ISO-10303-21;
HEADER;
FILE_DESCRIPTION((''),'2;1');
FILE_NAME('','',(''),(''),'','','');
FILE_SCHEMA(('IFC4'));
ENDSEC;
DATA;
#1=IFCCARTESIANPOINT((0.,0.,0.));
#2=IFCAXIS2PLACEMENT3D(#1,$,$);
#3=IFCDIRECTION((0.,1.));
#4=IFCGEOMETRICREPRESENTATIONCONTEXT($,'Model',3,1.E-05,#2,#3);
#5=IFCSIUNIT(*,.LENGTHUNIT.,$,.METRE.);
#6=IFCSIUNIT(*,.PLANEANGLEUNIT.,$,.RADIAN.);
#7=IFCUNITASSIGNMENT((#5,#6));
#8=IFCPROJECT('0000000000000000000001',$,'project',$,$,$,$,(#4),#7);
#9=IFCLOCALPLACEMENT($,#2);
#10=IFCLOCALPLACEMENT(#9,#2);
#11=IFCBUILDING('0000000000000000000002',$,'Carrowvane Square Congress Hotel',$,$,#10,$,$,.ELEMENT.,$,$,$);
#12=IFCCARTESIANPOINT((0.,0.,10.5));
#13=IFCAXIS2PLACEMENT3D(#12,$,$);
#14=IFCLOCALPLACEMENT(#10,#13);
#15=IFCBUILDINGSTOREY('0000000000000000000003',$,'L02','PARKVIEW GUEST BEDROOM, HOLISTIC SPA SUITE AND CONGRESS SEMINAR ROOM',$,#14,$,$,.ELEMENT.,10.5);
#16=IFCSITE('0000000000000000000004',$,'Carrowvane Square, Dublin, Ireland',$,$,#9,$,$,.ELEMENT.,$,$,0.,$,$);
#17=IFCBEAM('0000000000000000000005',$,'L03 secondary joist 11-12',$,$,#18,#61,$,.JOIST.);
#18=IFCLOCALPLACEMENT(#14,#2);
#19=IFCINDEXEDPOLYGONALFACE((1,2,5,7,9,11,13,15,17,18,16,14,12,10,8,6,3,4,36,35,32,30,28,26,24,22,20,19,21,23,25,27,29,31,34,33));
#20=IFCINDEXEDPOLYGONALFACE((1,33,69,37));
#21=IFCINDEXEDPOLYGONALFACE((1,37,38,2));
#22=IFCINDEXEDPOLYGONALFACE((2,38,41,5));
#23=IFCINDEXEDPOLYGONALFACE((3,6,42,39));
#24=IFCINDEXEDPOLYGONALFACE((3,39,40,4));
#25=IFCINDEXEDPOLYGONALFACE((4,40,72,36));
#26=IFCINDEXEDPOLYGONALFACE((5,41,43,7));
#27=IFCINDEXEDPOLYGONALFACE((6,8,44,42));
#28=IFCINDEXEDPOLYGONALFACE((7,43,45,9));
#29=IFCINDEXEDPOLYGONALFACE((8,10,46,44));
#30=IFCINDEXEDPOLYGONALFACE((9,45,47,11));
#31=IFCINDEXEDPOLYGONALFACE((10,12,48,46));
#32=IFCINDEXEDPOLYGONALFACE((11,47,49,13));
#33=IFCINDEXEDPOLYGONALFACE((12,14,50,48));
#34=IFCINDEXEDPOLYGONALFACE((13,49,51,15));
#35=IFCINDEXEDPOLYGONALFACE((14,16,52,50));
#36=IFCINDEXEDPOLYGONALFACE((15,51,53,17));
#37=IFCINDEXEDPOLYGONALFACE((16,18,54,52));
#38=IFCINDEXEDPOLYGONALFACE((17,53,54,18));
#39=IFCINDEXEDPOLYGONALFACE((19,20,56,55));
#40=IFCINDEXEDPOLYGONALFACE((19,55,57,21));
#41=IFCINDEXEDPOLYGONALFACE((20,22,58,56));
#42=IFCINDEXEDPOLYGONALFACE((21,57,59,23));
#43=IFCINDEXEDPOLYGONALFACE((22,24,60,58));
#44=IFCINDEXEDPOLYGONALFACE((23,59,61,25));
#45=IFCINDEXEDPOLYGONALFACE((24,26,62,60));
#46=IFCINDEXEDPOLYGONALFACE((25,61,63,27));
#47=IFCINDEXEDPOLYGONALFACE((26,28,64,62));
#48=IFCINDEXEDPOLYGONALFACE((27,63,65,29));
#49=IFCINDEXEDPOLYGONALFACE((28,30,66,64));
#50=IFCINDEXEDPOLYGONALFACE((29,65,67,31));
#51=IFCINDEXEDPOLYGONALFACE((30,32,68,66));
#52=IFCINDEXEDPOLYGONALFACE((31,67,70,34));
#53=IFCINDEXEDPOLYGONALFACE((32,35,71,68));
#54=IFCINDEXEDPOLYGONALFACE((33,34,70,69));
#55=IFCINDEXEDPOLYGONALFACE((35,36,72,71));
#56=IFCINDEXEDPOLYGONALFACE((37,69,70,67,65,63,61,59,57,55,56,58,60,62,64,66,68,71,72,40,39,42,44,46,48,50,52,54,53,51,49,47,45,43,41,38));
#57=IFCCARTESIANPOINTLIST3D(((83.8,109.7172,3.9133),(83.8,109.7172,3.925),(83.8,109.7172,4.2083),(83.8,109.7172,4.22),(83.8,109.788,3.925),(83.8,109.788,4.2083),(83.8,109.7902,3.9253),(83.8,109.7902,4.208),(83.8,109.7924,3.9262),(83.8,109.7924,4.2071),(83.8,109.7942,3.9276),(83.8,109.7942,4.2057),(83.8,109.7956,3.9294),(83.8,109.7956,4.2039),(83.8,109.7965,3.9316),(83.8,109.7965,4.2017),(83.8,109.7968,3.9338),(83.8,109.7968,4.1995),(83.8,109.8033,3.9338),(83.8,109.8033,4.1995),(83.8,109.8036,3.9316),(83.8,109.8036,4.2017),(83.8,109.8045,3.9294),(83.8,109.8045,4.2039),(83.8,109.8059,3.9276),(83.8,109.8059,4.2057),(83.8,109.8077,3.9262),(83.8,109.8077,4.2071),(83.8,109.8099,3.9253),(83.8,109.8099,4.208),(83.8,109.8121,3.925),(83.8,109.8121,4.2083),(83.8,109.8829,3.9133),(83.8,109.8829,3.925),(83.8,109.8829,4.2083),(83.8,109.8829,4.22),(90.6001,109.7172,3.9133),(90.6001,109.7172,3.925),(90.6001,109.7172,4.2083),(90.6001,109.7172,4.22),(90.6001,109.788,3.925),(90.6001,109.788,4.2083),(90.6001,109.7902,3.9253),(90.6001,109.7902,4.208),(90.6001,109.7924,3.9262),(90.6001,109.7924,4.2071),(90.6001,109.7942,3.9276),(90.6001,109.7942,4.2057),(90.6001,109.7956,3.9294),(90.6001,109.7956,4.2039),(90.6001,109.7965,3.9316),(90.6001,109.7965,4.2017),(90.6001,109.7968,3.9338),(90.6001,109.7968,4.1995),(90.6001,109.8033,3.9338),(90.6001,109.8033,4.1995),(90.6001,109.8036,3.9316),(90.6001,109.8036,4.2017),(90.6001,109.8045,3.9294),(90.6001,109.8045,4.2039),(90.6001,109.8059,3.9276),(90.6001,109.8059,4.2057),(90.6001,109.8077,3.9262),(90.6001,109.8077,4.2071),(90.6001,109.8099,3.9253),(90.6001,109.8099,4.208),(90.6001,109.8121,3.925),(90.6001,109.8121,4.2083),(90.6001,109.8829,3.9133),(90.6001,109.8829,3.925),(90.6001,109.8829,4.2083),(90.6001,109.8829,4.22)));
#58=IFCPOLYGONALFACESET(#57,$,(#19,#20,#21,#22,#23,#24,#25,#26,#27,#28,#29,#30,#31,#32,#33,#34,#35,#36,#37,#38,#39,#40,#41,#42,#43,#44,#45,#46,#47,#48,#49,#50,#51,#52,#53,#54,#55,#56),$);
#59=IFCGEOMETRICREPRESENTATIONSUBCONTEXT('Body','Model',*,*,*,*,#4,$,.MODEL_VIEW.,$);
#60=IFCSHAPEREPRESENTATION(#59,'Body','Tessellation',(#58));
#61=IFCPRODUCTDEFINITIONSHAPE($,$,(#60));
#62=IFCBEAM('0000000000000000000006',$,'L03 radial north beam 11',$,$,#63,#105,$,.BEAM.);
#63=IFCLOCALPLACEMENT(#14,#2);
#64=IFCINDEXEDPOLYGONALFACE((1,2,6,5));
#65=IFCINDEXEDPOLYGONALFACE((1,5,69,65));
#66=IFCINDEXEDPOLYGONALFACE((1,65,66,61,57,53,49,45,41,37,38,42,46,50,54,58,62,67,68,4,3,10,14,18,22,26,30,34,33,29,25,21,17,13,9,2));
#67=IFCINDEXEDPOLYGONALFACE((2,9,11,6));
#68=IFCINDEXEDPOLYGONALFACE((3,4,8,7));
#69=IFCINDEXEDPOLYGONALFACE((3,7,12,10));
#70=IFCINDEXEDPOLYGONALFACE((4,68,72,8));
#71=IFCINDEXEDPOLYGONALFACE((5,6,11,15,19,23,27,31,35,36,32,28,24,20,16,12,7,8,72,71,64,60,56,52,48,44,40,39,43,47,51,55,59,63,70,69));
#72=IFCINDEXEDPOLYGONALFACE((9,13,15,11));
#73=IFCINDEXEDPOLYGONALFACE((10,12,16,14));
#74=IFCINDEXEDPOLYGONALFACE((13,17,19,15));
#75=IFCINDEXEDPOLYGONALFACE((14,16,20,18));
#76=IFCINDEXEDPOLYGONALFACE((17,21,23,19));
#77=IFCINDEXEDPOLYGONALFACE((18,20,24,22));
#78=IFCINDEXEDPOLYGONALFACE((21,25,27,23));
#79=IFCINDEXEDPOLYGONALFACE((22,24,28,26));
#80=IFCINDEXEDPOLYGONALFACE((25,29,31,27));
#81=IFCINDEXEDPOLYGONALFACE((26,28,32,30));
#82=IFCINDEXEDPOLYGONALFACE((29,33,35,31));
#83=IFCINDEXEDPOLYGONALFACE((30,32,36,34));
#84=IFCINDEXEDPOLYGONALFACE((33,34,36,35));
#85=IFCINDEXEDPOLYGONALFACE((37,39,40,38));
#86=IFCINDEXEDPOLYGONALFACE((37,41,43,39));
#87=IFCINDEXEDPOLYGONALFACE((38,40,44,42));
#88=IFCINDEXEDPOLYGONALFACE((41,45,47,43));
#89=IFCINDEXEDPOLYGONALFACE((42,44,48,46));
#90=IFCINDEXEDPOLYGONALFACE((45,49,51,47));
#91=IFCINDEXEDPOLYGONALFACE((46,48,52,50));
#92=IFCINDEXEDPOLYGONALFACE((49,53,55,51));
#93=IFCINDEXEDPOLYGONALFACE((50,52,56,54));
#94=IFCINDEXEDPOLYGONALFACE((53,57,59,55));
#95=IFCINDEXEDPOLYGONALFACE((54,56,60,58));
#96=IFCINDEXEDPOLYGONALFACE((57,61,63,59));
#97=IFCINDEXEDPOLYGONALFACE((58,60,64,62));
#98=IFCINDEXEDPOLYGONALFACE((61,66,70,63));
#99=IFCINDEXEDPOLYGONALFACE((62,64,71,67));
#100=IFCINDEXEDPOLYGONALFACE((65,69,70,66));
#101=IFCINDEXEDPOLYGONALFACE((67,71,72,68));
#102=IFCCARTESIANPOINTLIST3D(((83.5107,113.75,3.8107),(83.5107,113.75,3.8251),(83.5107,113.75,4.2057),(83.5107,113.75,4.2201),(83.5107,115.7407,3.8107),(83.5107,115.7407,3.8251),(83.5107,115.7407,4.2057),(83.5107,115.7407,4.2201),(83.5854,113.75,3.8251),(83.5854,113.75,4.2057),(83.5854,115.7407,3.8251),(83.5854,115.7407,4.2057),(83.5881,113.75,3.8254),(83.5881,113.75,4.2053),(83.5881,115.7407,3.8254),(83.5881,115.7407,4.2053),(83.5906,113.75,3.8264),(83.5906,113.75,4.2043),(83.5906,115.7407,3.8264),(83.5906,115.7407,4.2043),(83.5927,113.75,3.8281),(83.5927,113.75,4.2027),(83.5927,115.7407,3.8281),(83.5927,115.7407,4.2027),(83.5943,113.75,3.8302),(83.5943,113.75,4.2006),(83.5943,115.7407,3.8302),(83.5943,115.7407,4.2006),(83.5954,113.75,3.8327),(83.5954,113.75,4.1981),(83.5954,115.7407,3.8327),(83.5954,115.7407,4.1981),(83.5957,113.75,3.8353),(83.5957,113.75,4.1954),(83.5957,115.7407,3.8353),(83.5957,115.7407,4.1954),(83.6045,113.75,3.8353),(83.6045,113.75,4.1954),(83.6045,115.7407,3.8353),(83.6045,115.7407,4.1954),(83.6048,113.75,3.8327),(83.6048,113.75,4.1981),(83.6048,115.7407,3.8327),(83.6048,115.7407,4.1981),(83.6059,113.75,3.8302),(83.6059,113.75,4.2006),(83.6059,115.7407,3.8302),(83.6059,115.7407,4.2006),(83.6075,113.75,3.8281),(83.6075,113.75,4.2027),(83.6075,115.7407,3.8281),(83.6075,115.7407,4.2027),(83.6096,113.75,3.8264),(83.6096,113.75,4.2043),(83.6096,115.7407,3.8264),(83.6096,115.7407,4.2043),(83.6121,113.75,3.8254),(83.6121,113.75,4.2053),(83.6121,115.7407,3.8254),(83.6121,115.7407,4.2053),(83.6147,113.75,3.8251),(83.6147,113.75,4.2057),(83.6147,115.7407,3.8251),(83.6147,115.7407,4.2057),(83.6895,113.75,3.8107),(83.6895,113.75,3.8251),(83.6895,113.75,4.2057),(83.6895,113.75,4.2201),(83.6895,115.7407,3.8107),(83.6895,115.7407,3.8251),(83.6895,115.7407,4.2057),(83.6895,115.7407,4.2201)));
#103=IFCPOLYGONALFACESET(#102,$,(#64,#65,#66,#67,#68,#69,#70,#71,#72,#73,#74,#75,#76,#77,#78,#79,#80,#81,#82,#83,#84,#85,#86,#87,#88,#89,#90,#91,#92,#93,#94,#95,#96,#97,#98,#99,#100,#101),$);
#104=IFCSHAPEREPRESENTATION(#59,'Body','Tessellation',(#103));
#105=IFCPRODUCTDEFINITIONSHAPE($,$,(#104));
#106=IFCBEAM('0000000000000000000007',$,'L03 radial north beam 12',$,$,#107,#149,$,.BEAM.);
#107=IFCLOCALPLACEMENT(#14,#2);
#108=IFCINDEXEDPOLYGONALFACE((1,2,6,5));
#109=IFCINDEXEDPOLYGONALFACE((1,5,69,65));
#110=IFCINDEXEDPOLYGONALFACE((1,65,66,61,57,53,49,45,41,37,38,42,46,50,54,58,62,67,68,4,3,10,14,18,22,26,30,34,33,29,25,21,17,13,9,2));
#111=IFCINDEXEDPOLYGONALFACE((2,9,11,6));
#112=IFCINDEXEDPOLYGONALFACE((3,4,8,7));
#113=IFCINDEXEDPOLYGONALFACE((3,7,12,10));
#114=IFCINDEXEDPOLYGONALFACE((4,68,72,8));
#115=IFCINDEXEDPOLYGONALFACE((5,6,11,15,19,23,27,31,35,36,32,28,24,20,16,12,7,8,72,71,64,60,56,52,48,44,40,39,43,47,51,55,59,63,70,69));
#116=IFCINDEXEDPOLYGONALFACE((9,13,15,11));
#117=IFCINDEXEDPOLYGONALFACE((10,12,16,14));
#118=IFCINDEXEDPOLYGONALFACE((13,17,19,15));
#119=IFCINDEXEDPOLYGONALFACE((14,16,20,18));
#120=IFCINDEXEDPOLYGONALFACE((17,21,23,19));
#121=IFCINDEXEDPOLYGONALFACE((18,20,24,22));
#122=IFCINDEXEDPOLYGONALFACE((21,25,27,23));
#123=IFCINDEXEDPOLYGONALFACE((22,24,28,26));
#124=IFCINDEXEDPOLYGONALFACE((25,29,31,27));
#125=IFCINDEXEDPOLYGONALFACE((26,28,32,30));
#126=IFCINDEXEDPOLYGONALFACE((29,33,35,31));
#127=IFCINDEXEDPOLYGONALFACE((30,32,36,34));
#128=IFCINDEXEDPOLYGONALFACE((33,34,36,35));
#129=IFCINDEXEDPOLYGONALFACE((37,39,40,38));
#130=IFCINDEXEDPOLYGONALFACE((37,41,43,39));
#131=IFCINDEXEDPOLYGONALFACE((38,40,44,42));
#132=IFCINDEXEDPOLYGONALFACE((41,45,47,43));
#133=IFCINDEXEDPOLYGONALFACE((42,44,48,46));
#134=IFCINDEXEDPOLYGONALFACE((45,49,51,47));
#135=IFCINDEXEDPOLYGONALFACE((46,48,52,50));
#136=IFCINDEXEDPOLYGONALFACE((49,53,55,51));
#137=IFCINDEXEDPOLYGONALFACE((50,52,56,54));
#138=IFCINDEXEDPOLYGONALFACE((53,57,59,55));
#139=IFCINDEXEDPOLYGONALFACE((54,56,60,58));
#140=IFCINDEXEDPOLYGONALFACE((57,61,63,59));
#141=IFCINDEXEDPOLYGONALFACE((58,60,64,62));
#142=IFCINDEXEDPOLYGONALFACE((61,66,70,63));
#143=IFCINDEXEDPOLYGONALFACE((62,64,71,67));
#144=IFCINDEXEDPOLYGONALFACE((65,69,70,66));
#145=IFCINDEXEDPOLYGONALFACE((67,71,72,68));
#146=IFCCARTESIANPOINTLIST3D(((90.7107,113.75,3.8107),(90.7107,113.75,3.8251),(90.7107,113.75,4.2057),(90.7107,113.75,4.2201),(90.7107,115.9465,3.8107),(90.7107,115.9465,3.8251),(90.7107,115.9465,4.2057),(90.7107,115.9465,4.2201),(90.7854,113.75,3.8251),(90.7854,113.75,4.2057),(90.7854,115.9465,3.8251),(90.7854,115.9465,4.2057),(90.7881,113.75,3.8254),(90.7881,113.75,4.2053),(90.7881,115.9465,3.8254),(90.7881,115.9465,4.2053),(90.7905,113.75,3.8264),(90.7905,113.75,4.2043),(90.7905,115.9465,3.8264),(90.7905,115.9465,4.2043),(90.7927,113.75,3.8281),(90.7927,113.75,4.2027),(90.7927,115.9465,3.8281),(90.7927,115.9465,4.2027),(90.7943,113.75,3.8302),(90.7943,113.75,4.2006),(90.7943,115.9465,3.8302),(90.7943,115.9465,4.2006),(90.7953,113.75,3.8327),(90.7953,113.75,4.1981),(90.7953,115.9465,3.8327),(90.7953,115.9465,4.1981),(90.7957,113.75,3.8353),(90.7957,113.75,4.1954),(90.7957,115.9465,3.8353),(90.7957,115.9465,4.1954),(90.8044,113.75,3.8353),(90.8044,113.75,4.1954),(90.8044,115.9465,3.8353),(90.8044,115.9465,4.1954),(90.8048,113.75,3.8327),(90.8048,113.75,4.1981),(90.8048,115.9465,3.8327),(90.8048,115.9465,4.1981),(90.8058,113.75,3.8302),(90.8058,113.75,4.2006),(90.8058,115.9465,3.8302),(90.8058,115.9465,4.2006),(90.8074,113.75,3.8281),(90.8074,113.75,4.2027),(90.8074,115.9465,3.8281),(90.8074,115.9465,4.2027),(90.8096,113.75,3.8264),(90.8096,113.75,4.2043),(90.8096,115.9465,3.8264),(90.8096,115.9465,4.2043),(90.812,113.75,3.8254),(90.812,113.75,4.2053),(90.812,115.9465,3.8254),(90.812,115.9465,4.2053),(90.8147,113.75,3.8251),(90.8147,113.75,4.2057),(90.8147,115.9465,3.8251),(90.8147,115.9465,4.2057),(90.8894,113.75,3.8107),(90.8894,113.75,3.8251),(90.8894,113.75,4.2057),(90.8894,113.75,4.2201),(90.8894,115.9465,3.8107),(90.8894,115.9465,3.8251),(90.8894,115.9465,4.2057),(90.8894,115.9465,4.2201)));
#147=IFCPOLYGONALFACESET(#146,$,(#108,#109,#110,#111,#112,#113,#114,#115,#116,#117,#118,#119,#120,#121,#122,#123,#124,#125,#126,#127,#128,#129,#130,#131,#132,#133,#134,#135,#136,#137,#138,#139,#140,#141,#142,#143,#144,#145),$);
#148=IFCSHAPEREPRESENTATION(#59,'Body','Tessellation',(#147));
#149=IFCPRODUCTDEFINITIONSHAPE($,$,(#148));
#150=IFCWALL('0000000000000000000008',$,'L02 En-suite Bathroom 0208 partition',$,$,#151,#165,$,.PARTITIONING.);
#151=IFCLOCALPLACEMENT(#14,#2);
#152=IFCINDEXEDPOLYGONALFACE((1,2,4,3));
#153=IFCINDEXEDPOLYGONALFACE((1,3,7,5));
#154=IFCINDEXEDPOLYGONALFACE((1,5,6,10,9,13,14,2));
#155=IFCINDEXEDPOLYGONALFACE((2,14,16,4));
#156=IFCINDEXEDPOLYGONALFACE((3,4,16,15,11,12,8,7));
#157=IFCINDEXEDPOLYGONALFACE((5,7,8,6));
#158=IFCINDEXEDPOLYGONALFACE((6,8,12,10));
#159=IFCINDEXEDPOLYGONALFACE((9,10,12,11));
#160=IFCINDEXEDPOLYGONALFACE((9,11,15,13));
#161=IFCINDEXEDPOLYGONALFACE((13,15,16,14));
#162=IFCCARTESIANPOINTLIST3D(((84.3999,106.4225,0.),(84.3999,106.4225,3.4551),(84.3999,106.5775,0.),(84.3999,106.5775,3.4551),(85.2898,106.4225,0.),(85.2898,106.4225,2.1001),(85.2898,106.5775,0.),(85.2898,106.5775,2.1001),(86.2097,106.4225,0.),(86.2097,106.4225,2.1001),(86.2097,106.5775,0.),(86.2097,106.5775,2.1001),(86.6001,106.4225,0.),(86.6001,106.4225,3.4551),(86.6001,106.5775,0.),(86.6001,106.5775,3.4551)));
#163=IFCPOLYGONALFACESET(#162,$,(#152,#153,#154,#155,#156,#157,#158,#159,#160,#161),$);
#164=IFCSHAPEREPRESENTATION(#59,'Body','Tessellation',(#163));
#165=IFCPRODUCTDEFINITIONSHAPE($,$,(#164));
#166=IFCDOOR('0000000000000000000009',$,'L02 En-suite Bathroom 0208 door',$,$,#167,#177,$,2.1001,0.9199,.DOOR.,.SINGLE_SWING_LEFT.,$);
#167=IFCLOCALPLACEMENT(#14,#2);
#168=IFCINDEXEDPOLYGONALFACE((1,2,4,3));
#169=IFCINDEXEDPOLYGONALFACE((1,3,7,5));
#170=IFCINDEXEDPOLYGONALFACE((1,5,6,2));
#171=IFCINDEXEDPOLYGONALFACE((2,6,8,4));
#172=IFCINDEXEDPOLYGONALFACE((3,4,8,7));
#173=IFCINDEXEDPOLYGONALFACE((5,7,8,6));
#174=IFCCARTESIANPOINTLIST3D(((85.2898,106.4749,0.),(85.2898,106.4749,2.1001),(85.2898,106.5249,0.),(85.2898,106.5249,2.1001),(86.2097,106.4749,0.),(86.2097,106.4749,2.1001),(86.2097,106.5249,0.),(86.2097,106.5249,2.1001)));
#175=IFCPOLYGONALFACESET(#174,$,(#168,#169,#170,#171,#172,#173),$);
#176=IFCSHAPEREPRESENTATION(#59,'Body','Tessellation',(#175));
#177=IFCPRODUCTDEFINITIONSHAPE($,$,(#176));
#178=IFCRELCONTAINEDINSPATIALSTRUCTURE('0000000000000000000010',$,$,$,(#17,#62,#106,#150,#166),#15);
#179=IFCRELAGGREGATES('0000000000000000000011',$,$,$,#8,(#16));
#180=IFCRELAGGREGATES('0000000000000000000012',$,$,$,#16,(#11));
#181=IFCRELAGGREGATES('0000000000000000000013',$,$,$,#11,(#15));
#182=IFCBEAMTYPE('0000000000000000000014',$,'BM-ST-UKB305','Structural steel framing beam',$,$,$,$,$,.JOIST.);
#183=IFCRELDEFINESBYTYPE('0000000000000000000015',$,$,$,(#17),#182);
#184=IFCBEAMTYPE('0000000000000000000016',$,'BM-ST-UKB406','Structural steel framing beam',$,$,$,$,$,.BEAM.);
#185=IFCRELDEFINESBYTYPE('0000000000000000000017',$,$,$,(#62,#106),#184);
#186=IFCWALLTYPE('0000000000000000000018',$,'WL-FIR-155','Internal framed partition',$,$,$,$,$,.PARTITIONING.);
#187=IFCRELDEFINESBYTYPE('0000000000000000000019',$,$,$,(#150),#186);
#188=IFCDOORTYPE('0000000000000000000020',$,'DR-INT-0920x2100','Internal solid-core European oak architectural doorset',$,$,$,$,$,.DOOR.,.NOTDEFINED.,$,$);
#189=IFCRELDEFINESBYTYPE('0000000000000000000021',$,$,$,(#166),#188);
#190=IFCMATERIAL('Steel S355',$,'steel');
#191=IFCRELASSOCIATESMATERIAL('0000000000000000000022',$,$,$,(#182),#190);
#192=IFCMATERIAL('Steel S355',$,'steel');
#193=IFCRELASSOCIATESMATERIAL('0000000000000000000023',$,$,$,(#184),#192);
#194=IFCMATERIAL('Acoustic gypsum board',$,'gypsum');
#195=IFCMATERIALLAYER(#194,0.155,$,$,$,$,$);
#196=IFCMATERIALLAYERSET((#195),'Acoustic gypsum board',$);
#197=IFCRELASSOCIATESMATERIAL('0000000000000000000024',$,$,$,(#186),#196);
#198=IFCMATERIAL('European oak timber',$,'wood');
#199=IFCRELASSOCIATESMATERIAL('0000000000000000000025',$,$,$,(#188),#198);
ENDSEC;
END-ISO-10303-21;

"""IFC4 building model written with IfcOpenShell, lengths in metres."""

from ifc_helpers import new_model, si_unit, direction, frame, frame_2d, origin, origin_2d, place, context, subcontext, project, spatial, rectangle, i_section, extrude, material, layer, layer_set, material_profile, profile_set, type_object, element, fill, save


model = new_model("IFC4")

# Units and contexts
model_context = context("Model", 3, precision=1e-05, world=origin(), true_north=direction((0.0, 1.0)))
body_context = subcontext(model_context, "Body", "Model", "MODEL_VIEW")
ifc_project = project(units=[si_unit("LENGTHUNIT", "METRE"), si_unit("PLANEANGLEUNIT", "RADIAN")], contexts=[model_context])

# Site, building, storey
site_placement = place(None, origin())
site = spatial("IfcSite", under=ifc_project, at=site_placement, Name="Carrowvane Square, Dublin, Ireland", CompositionType="ELEMENT", RefElevation=0.0)
building_placement = place(site_placement, origin())
building = spatial("IfcBuilding", under=site, at=building_placement, Name="Carrowvane Square Congress Hotel", CompositionType="ELEMENT")
storey_placement = place(building_placement, frame((0.0, 0.0, 10.5)))
storey = spatial("IfcBuildingStorey", under=building, at=storey_placement, Name="L02", Description="PARKVIEW GUEST BEDROOM, HOLISTIC SPA SUITE AND CONGRESS SEMINAR ROOM", CompositionType="ELEMENT", Elevation=10.5)

# Beams
ifc_material_1 = material(Name="Steel S355", Category="steel")
ifc_material_profile_1 = material_profile(ifc_material_1, i_section(OverallWidth=0.1658, OverallDepth=0.3066, WebThickness=0.0066, FlangeThickness=0.0117, FilletRadius=0.0088, at=origin_2d()), Name="UKB 305x165x46")
ifc_profile_set_1 = profile_set([ifc_material_profile_1], Name="Steel S355")
beam_type_1 = type_object("IfcBeamType", Name="BM-ST-UKB305", Description="Structural steel framing beam", PredefinedType="JOIST", material=ifc_profile_set_1)
for number, where, z_axis, x_axis, name in (
    (1, (83.8, 109.8, 4.0667), (1.0, 0.0, 0.0), (0.0, 1.0, 0.0), "L03 secondary joist 11-12"),
):
    element("IfcBeam", number, at=place(storey_placement, frame(where, z_axis=z_axis, x_axis=x_axis)), inside=storey, type_object=beam_type_1, Name=name, PredefinedType="JOIST", context=body_context, shape_type="SweptSolid", body=[
        extrude(i_section(OverallWidth=0.1658, OverallDepth=0.3066, WebThickness=0.0066, FlangeThickness=0.0117, FilletRadius=0.0088, at=origin_2d()), origin(), (0.0, 0.0, 1.0), 6.8),
    ])
ifc_material_2 = material(Name="Steel S355", Category="steel")
ifc_material_profile_2 = material_profile(ifc_material_2, i_section(OverallWidth=0.1787, OverallDepth=0.4094, WebThickness=0.0088, FlangeThickness=0.0144, FilletRadius=0.0103, at=origin_2d()), Name="UKB 406x178x67")
ifc_profile_set_2 = profile_set([ifc_material_profile_2], Name="Steel S355")
beam_type_2 = type_object("IfcBeamType", Name="BM-ST-UKB406", Description="Structural steel framing beam", PredefinedType="BEAM", material=ifc_profile_set_2)
beam_1_placement = place(storey_placement, frame((83.6001, 113.75, 4.0154), z_axis=(0.0, 1.0, 0.0), x_axis=(-1.0, 0.0, 0.0)))
element("IfcBeam", 2, at=beam_1_placement, inside=storey, type_object=beam_type_2, Name="L03 radial north beam 11", PredefinedType="BEAM", context=body_context, shape_type="SweptSolid", body=[
    extrude(i_section(OverallWidth=0.1787, OverallDepth=0.4094, WebThickness=0.0088, FlangeThickness=0.0144, FilletRadius=0.0103, at=origin_2d()), origin(), (0.0, 0.0, 1.0), 1.9907),
])
beam_2_placement = place(storey_placement, frame((90.8, 113.75, 4.0154), z_axis=(0.0, 1.0, 0.0), x_axis=(-1.0, 0.0, 0.0)))
element("IfcBeam", 3, at=beam_2_placement, inside=storey, type_object=beam_type_2, Name="L03 radial north beam 12", PredefinedType="BEAM", context=body_context, shape_type="SweptSolid", body=[
    extrude(i_section(OverallWidth=0.1787, OverallDepth=0.4094, WebThickness=0.0088, FlangeThickness=0.0144, FilletRadius=0.0103, at=origin_2d()), origin(), (0.0, 0.0, 1.0), 2.1965),
])

# Wall, opening, door
ifc_material_3 = material(Name="Acoustic gypsum board", Category="gypsum")
ifc_layer_1 = layer(ifc_material_3, 0.155)
ifc_layer_set_1 = layer_set([ifc_layer_1], Name="Acoustic gypsum board")
wall_type_1 = type_object("IfcWallType", Name="WL-FIR-155", Description="Internal framed partition", PredefinedType="PARTITIONING", material=ifc_layer_set_1)
wall_1_placement = place(storey_placement, frame((84.3999, 106.5, 0.0), z_axis=(0.0, 0.0, 1.0), x_axis=(1.0, 0.0, 0.0)))
wall_1 = element("IfcWall", 4, at=wall_1_placement, inside=storey, type_object=wall_type_1, Name="L02 En-suite Bathroom 0208 partition", PredefinedType="PARTITIONING", context=body_context, shape_type="SweptSolid", body=[
    extrude(rectangle(XDim=2.2002, YDim=0.155, at=frame_2d((1.1001, 0.0))), origin(), (0.0, 0.0, 1.0), 3.4551),
])
opening_1_placement = place(wall_1_placement, frame((0.8899, 0.0, 0.0)))
opening_1 = element("IfcOpeningElement", 5, at=opening_1_placement, cuts=wall_1, PredefinedType="OPENING", context=body_context, shape_type="SweptSolid", body=[
    extrude(rectangle(XDim=0.9199, YDim=2.1001, at=frame_2d((0.46, 1.05))), frame((0.0, 0.0874, 0.0), z_axis=(0.0, -1.0, 0.0), x_axis=(1.0, 0.0, 0.0)), (0.0, 0.0, 1.0), 0.175),
])
ifc_material_4 = material(Name="European oak timber", Category="wood")
door_type_1 = type_object("IfcDoorType", Name="DR-INT-0920x2100", Description="Internal solid-core European oak architectural doorset", OperationType="NOTDEFINED", PredefinedType="DOOR", material=ifc_material_4)
door_1_placement = place(opening_1_placement, origin())
door_1 = element("IfcDoor", 6, at=door_1_placement, inside=storey, type_object=door_type_1, Name="L02 En-suite Bathroom 0208 door", OperationType="SINGLE_SWING_LEFT", OverallHeight=2.1001, OverallWidth=0.9199, PredefinedType="DOOR", context=body_context, shape_type="SweptSolid", body=[
    extrude(rectangle(XDim=0.9199, YDim=2.1001, at=frame_2d((0.46, 1.05))), frame((0.0, 0.0249, 0.0), z_axis=(0.0, -1.0, 0.0), x_axis=(1.0, 0.0, 0.0)), (0.0, 0.0, 1.0), 0.05),
])
fill(opening_1, door_1)

save(model, "model.ifc")
